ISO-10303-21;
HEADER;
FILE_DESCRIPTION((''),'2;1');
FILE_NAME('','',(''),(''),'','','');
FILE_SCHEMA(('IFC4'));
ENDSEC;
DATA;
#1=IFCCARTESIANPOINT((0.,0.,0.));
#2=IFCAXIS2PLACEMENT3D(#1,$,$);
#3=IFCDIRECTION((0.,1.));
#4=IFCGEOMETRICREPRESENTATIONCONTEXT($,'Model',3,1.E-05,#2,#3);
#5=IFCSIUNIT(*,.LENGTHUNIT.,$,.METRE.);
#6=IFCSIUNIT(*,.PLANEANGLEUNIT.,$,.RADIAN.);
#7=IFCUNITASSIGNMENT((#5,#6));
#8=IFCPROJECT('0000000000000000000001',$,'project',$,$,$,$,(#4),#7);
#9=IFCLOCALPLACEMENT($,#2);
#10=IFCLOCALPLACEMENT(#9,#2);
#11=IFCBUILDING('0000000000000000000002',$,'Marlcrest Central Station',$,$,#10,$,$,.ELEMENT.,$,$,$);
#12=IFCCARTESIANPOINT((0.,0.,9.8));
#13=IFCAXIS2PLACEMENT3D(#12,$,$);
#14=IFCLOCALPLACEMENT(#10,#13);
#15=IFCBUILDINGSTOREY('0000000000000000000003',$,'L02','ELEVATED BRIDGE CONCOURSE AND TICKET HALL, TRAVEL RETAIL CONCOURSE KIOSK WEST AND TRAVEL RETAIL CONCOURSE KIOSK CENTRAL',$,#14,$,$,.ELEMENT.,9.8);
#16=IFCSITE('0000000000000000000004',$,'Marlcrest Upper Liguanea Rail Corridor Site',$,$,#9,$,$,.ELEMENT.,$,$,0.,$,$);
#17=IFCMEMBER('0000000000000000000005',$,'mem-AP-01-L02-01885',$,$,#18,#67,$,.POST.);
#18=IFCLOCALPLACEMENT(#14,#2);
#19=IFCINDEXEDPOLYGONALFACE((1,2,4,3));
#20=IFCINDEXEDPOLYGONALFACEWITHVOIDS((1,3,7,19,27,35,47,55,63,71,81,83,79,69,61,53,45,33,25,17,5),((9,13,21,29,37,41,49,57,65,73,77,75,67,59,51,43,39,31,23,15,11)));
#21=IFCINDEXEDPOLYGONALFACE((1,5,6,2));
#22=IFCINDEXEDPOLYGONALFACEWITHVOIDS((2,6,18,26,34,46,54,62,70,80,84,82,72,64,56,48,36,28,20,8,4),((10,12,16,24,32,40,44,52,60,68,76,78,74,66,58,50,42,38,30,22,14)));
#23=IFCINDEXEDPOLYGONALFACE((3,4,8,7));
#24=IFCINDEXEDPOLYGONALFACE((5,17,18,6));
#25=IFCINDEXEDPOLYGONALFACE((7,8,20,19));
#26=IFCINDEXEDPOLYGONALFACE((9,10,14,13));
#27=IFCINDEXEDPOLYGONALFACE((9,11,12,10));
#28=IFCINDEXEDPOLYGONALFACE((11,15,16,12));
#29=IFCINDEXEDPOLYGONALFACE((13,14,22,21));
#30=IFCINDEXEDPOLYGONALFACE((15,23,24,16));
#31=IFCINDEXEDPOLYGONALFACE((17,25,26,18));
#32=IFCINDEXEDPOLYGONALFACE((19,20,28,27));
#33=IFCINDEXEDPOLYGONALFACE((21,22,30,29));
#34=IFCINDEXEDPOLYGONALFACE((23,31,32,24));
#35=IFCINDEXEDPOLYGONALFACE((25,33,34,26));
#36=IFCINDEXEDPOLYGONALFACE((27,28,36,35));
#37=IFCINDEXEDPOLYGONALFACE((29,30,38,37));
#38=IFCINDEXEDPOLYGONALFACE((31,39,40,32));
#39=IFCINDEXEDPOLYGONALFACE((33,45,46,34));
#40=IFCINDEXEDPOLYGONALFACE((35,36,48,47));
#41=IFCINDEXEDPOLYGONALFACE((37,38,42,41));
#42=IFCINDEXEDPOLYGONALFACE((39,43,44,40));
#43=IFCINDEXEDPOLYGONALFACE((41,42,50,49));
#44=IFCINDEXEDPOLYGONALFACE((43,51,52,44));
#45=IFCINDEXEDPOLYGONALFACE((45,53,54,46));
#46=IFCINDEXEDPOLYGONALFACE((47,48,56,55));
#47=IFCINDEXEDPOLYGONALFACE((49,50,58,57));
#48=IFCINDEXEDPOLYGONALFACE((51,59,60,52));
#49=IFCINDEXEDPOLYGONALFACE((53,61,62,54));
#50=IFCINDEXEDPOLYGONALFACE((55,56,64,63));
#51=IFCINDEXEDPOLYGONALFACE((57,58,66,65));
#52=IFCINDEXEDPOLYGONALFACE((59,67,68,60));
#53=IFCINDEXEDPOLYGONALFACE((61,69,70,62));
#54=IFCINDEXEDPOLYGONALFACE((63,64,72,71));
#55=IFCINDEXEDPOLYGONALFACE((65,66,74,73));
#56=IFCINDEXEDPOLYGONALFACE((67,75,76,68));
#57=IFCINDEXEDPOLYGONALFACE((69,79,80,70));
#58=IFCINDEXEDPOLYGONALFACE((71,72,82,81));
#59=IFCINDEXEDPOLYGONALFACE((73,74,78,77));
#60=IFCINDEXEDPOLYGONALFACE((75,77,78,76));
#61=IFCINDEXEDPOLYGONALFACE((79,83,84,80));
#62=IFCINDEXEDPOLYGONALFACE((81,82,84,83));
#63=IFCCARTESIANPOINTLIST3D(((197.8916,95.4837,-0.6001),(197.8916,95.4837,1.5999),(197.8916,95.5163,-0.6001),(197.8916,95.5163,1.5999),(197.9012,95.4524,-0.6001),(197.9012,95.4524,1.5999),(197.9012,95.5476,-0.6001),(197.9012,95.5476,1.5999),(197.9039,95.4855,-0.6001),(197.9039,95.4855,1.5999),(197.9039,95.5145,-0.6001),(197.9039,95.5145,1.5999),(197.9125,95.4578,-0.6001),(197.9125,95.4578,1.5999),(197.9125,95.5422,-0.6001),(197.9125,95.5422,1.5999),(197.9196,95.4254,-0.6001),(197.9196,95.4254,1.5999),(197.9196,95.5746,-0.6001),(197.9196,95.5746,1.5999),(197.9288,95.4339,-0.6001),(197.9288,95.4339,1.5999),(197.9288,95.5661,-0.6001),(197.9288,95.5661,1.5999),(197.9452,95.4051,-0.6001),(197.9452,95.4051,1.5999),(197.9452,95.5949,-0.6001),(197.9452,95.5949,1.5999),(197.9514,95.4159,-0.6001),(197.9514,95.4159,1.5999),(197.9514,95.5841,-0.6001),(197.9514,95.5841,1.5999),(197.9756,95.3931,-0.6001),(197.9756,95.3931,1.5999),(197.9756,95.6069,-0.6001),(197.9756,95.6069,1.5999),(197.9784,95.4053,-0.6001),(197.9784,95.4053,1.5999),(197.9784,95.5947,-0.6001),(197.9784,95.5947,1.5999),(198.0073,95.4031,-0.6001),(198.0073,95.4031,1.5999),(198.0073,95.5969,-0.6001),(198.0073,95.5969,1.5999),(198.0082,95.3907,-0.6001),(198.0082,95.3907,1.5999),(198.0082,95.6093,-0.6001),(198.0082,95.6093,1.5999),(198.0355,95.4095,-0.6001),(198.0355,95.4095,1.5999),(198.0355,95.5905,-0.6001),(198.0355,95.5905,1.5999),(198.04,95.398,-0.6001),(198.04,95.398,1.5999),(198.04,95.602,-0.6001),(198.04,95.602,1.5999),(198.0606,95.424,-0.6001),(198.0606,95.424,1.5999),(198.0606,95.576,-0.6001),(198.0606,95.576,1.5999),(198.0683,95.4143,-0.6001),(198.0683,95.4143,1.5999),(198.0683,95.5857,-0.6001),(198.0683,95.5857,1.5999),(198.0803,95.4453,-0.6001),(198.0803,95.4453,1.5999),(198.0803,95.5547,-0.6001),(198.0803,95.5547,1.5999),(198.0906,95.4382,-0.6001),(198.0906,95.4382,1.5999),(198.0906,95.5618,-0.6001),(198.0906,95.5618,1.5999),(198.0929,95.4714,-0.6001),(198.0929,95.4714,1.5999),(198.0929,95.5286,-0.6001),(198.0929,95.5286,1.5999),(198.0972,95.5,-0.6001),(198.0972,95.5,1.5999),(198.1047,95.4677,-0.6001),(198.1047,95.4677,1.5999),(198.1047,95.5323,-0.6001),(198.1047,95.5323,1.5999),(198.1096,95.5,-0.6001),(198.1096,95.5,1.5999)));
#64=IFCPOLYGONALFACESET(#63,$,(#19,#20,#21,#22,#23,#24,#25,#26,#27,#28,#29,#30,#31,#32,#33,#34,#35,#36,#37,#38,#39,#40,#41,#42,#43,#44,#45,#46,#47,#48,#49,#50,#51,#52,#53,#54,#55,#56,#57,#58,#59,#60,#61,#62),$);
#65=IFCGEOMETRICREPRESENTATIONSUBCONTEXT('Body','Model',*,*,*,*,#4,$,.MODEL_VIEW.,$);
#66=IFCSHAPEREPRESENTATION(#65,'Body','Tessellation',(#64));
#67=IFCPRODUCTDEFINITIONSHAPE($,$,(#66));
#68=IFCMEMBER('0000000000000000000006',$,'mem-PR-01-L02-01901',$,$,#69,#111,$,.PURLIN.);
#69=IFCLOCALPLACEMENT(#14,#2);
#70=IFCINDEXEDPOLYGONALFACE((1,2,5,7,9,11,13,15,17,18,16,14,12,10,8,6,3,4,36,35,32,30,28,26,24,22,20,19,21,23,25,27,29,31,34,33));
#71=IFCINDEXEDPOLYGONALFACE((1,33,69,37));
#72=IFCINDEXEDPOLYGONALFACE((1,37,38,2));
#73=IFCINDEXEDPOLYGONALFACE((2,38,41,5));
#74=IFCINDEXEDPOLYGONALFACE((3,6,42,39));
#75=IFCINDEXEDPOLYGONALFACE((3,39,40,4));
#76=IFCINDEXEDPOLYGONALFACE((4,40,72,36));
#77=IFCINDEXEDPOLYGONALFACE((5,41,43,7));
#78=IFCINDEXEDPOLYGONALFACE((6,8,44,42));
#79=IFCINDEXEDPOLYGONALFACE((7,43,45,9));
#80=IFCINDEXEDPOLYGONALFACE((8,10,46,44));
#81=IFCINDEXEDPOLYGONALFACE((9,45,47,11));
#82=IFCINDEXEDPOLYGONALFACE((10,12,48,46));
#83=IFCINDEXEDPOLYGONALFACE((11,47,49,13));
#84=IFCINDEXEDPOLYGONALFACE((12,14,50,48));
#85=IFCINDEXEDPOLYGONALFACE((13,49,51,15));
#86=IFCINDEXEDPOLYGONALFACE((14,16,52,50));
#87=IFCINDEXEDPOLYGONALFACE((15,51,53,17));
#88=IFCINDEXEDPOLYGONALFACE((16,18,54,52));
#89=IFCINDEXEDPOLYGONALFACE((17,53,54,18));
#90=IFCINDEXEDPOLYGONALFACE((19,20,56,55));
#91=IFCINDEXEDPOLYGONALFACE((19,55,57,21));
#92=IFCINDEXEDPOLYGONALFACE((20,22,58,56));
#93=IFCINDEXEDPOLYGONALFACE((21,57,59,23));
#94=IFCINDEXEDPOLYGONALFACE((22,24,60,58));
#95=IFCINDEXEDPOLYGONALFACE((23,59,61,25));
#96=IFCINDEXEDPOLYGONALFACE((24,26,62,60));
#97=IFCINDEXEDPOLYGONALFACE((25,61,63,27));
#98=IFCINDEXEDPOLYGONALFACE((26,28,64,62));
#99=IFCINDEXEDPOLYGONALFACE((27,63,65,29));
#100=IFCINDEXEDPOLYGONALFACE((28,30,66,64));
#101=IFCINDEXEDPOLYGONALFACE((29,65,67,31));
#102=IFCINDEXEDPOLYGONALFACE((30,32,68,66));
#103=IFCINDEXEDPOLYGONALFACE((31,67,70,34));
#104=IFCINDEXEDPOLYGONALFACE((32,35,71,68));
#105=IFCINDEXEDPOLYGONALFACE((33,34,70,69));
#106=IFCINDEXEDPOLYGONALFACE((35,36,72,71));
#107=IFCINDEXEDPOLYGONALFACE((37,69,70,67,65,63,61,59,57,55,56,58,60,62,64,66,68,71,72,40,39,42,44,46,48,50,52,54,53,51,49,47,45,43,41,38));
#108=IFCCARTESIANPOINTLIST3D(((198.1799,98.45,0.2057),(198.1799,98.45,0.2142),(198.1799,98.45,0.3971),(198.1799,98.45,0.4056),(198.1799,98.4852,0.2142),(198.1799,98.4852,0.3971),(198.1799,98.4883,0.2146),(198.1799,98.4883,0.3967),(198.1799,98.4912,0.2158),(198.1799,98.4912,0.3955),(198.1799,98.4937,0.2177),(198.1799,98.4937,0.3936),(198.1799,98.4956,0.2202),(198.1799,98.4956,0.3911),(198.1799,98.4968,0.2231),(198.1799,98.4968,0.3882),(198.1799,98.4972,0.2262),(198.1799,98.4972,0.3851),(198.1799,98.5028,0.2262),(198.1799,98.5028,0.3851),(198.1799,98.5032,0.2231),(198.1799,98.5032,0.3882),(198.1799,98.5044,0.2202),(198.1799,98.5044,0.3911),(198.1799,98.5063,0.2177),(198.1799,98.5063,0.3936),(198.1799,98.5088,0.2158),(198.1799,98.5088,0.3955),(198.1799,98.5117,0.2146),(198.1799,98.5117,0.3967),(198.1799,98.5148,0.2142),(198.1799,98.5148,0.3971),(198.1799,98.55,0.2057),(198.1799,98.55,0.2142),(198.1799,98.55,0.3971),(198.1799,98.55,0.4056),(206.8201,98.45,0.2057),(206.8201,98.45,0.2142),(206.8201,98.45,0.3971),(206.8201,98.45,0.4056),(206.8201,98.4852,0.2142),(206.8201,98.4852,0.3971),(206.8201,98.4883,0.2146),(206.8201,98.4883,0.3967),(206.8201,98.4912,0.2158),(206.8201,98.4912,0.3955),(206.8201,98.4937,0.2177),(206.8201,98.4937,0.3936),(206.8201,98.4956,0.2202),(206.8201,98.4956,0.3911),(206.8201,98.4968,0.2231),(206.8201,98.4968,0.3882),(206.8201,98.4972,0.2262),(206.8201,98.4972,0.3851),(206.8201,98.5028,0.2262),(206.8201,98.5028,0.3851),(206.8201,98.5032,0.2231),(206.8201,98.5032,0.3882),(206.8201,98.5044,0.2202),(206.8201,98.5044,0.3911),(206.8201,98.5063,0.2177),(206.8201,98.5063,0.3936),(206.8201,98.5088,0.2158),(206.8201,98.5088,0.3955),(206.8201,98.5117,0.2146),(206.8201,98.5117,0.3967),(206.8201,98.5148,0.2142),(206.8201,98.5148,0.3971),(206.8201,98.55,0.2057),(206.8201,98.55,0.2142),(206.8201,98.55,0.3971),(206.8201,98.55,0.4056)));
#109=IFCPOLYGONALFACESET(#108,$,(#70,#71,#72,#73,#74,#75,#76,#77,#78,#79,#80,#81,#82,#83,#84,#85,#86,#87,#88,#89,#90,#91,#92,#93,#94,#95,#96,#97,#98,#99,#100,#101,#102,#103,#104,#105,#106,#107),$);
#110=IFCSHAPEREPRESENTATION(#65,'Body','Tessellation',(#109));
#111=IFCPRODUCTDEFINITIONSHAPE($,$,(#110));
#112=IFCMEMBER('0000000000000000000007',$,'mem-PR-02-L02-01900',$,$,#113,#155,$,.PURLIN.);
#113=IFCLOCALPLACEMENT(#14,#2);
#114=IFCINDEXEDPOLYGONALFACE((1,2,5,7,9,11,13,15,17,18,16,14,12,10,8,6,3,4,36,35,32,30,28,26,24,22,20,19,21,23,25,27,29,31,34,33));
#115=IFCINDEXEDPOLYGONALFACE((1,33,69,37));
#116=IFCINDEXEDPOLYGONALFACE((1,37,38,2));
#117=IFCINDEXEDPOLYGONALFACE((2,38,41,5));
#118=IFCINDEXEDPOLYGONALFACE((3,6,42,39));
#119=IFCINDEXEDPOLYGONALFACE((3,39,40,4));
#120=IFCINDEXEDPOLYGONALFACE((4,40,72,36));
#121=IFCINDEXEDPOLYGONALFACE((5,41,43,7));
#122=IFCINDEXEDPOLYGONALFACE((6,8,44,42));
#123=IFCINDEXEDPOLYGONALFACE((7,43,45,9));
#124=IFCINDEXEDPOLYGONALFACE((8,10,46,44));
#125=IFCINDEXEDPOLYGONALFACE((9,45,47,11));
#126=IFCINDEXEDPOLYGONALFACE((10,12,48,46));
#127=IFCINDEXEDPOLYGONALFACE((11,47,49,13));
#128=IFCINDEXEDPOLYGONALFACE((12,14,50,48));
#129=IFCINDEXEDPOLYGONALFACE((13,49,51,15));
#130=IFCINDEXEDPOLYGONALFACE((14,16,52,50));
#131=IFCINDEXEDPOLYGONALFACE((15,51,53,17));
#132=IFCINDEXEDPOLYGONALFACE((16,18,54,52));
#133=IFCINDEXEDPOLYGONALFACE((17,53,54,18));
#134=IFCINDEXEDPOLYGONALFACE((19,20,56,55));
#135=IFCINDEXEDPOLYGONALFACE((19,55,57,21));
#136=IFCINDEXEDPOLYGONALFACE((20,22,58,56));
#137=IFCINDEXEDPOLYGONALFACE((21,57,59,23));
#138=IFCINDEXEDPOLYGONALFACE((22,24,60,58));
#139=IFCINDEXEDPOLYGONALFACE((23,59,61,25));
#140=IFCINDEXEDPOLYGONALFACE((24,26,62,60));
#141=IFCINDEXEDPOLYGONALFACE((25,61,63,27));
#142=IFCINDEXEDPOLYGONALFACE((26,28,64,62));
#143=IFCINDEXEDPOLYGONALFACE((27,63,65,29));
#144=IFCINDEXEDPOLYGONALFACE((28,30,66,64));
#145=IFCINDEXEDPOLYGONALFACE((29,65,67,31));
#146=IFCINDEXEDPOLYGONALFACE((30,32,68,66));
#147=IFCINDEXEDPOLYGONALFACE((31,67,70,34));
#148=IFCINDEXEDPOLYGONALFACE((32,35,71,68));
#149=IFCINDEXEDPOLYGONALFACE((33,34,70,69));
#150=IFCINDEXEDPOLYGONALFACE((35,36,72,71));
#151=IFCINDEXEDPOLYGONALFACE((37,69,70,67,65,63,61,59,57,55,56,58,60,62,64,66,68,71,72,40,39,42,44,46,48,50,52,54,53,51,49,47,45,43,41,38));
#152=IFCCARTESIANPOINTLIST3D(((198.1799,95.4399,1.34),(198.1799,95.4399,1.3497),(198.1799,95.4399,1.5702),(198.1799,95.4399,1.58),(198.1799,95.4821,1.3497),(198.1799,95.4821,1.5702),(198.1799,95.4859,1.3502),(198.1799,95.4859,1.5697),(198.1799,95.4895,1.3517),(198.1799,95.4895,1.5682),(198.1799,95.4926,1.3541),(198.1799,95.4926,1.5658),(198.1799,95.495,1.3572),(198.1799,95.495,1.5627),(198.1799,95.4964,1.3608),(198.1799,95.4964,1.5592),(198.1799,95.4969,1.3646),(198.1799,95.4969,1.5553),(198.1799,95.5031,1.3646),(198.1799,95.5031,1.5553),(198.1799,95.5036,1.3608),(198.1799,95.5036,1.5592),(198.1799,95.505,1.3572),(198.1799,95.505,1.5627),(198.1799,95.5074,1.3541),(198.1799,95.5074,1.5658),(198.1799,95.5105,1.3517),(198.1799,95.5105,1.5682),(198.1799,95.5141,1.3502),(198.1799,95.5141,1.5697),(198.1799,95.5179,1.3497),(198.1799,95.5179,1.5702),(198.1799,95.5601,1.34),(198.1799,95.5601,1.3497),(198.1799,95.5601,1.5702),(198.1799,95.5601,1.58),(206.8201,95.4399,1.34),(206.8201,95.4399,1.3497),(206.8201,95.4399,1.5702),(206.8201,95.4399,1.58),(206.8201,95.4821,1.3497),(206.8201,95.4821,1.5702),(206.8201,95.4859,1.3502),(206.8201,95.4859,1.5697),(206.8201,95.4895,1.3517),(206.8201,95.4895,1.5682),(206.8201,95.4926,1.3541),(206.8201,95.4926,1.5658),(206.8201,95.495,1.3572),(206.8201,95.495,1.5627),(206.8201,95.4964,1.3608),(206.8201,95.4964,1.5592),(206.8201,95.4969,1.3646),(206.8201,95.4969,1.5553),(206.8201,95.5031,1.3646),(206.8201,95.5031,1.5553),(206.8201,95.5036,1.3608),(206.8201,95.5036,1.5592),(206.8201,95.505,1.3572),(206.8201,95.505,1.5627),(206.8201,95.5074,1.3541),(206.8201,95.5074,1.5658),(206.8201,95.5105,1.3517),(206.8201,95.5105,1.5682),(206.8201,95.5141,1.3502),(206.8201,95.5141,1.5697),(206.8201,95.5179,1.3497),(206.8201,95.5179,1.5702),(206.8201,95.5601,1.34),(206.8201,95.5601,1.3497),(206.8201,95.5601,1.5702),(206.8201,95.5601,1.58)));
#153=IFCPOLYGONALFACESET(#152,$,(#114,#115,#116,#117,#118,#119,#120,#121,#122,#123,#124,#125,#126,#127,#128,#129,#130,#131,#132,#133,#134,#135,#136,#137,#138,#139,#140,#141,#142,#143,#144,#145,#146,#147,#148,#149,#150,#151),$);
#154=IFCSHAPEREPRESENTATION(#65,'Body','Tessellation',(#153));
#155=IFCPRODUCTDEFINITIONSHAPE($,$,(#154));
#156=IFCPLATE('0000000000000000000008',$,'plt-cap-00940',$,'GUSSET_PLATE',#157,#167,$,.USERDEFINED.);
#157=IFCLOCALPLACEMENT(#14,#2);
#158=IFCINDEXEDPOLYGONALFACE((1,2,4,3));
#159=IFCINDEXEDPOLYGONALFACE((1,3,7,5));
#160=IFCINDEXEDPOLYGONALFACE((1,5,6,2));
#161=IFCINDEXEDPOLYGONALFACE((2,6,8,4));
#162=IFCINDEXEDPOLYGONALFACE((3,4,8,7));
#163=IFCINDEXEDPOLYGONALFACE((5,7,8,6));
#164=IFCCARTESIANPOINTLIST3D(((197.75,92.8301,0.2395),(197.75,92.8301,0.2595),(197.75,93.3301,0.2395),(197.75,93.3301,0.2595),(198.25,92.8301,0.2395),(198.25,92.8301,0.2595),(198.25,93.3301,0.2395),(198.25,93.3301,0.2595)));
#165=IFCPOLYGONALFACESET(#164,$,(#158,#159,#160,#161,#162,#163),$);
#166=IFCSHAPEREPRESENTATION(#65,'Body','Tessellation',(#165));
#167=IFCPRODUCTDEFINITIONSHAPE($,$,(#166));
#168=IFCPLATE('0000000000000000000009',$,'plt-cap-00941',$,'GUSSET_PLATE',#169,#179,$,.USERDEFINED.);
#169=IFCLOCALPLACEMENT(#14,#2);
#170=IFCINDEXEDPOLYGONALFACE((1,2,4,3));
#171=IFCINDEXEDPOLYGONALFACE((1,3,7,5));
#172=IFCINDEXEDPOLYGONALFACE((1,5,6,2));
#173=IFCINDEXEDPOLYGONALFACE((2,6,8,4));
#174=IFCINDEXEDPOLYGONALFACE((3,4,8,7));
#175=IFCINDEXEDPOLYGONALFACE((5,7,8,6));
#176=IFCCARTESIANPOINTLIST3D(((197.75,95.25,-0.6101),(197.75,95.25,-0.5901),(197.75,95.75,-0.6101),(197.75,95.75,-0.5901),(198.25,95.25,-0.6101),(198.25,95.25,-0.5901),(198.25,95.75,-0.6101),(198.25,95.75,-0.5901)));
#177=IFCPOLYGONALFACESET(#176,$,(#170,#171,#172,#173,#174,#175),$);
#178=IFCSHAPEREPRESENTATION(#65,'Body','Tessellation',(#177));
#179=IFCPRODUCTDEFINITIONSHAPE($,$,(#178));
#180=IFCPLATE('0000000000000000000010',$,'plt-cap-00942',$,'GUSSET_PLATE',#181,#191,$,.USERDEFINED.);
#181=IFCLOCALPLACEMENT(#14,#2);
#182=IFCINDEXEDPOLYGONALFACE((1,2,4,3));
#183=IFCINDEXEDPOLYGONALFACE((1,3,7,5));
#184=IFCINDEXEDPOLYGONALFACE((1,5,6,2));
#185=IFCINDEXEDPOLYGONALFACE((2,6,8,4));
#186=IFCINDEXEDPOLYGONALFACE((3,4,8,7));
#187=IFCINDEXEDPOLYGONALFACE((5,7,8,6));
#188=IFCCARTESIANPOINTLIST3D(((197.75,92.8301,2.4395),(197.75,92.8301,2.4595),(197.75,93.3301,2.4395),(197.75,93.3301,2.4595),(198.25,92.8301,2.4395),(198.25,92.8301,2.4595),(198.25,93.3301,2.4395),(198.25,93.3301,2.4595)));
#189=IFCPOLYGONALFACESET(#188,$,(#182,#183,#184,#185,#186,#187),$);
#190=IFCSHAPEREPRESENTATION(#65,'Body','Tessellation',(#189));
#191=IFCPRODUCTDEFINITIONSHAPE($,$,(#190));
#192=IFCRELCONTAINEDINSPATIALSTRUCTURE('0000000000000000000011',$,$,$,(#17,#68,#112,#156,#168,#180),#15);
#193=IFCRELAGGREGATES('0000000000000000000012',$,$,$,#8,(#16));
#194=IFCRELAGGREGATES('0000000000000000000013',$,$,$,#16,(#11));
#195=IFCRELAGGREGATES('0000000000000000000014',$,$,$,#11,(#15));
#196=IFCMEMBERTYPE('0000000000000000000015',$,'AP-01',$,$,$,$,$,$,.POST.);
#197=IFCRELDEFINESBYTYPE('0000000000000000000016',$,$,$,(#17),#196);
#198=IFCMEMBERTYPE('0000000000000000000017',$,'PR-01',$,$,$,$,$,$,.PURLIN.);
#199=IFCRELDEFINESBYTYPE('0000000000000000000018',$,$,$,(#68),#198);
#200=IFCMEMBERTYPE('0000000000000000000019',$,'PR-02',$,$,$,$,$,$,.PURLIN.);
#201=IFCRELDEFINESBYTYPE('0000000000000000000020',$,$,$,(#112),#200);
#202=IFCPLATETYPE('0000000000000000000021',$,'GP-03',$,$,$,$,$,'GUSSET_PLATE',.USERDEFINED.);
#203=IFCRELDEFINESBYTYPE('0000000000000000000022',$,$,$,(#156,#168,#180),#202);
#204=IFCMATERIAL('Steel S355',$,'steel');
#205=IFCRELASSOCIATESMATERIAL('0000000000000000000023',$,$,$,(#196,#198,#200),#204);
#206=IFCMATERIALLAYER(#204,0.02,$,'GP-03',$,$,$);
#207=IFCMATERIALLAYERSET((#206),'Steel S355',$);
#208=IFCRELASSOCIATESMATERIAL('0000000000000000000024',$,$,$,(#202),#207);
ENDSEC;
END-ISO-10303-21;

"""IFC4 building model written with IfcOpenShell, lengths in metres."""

from ifc_helpers import new_model, si_unit, direction, frame, origin, origin_2d, place, context, subcontext, project, spatial, rectangle, hollow_circle, i_section, extrude, material, layer, layer_set, material_profile, profile_set, type_object, element, save


model = new_model("IFC4")

# Units and contexts
model_context = context("Model", 3, precision=1e-05, world=origin(), true_north=direction((0.0, 1.0)))
body_context = subcontext(model_context, "Body", "Model", "MODEL_VIEW")
ifc_project = project(units=[si_unit("LENGTHUNIT", "METRE"), si_unit("PLANEANGLEUNIT", "RADIAN")], contexts=[model_context])

# Site, building, storey
site_placement = place(None, origin())
site = spatial("IfcSite", under=ifc_project, at=site_placement, Name="Marlcrest Upper Liguanea Rail Corridor Site", CompositionType="ELEMENT", RefElevation=0.0)
building_placement = place(site_placement, origin())
building = spatial("IfcBuilding", under=site, at=building_placement, Name="Marlcrest Central Station", CompositionType="ELEMENT")
storey_placement = place(building_placement, frame((0.0, 0.0, 9.8)))
storey = spatial("IfcBuildingStorey", under=building, at=storey_placement, Name="L02", Description="ELEVATED BRIDGE CONCOURSE AND TICKET HALL, TRAVEL RETAIL CONCOURSE KIOSK WEST AND TRAVEL RETAIL CONCOURSE KIOSK CENTRAL", CompositionType="ELEMENT", Elevation=9.8)

# Members
ifc_material_1 = material(Name="Steel S355", Category="steel")
ifc_material_profile_1 = material_profile(ifc_material_1, hollow_circle(Radius=0.1096, WallThickness=0.0125, at=origin_2d()), Name="CHS 219.1x12.5")
ifc_profile_set_1 = profile_set([ifc_material_profile_1], Name="Steel S355")
member_type_1 = type_object("IfcMemberType", Name="AP-01", PredefinedType="POST", material=ifc_profile_set_1)
for number, where, z_axis, x_axis, name in (
    (1, (198.0, 95.5, -0.6001), (0.0, 0.0, 1.0), (1.0, 0.0, 0.0), "mem-AP-01-L02-01885"),
):
    element("IfcMember", number, at=place(storey_placement, frame(where, z_axis=z_axis, x_axis=x_axis)), inside=storey, type_object=member_type_1, Name=name, PredefinedType="POST", context=body_context, shape_type="SweptSolid", body=[
        extrude(hollow_circle(Radius=0.1096, WallThickness=0.0125, at=origin_2d()), origin(), (0.0, 0.0, 1.0), 2.2),
    ])
ifc_material_profile_2 = material_profile(ifc_material_1, i_section(OverallWidth=0.1001, OverallDepth=0.2, WebThickness=0.0056, FlangeThickness=0.0085, FilletRadius=0.012, at=origin_2d()), Name="IPE 200")
ifc_profile_set_2 = profile_set([ifc_material_profile_2], Name="Steel S355")
member_type_2 = type_object("IfcMemberType", Name="PR-01", PredefinedType="PURLIN", material=ifc_profile_set_2)
member_1_placement = place(storey_placement, frame((198.1799, 98.5, 0.3057), z_axis=(1.0, 0.0, 0.0), x_axis=(0.0, 1.0, 0.0)))
element("IfcMember", 2, at=member_1_placement, inside=storey, type_object=member_type_2, Name="mem-PR-01-L02-01901", PredefinedType="PURLIN", context=body_context, shape_type="SweptSolid", body=[
    extrude(i_section(OverallWidth=0.1001, OverallDepth=0.2, WebThickness=0.0056, FlangeThickness=0.0085, FilletRadius=0.012, at=origin_2d()), origin(), (0.0, 0.0, 1.0), 8.6401),
])
ifc_material_profile_3 = material_profile(ifc_material_1, i_section(OverallWidth=0.1201, OverallDepth=0.24, WebThickness=0.0061, FlangeThickness=0.0098, FilletRadius=0.0149, at=origin_2d()), Name="IPE 240")
ifc_profile_set_3 = profile_set([ifc_material_profile_3], Name="Steel S355")
member_type_3 = type_object("IfcMemberType", Name="PR-02", PredefinedType="PURLIN", material=ifc_profile_set_3)
member_2_placement = place(storey_placement, frame((198.1799, 95.5, 1.46), z_axis=(1.0, 0.0, 0.0), x_axis=(0.0, 1.0, 0.0)))
element("IfcMember", 3, at=member_2_placement, inside=storey, type_object=member_type_3, Name="mem-PR-02-L02-01900", PredefinedType="PURLIN", context=body_context, shape_type="SweptSolid", body=[
    extrude(i_section(OverallWidth=0.1201, OverallDepth=0.24, WebThickness=0.0061, FlangeThickness=0.0098, FilletRadius=0.0149, at=origin_2d()), origin(), (0.0, 0.0, 1.0), 8.6401),
])

# Plates
ifc_layer_1 = layer(ifc_material_1, 0.02, Name="GP-03")
ifc_layer_set_1 = layer_set([ifc_layer_1], Name="Steel S355")
plate_type = type_object("IfcPlateType", Name="GP-03", ElementType="GUSSET_PLATE", PredefinedType="USERDEFINED", material=ifc_layer_set_1)
for number, where, z_axis, x_axis, name in (
    (4, (198.0, 93.0801, 0.2395), (0.0, 0.0, 1.0), (1.0, 0.0, 0.0), "plt-cap-00940"),
    (5, (198.0, 95.5, -0.6101), (0.0, 0.0, 1.0), (1.0, 0.0, 0.0), "plt-cap-00941"),
    (6, (198.0, 93.0801, 2.4395), (0.0, 0.0, 1.0), (1.0, 0.0, 0.0), "plt-cap-00942"),
):
    element("IfcPlate", number, at=place(storey_placement, frame(where, z_axis=z_axis, x_axis=x_axis)), inside=storey, type_object=plate_type, Name=name, ObjectType="GUSSET_PLATE", PredefinedType="USERDEFINED", context=body_context, shape_type="SweptSolid", body=[
        extrude(rectangle(XDim=0.5, YDim=0.5, at=origin_2d()), origin(), (0.0, 0.0, 1.0), 0.02),
    ])

save(model, "model.ifc")
